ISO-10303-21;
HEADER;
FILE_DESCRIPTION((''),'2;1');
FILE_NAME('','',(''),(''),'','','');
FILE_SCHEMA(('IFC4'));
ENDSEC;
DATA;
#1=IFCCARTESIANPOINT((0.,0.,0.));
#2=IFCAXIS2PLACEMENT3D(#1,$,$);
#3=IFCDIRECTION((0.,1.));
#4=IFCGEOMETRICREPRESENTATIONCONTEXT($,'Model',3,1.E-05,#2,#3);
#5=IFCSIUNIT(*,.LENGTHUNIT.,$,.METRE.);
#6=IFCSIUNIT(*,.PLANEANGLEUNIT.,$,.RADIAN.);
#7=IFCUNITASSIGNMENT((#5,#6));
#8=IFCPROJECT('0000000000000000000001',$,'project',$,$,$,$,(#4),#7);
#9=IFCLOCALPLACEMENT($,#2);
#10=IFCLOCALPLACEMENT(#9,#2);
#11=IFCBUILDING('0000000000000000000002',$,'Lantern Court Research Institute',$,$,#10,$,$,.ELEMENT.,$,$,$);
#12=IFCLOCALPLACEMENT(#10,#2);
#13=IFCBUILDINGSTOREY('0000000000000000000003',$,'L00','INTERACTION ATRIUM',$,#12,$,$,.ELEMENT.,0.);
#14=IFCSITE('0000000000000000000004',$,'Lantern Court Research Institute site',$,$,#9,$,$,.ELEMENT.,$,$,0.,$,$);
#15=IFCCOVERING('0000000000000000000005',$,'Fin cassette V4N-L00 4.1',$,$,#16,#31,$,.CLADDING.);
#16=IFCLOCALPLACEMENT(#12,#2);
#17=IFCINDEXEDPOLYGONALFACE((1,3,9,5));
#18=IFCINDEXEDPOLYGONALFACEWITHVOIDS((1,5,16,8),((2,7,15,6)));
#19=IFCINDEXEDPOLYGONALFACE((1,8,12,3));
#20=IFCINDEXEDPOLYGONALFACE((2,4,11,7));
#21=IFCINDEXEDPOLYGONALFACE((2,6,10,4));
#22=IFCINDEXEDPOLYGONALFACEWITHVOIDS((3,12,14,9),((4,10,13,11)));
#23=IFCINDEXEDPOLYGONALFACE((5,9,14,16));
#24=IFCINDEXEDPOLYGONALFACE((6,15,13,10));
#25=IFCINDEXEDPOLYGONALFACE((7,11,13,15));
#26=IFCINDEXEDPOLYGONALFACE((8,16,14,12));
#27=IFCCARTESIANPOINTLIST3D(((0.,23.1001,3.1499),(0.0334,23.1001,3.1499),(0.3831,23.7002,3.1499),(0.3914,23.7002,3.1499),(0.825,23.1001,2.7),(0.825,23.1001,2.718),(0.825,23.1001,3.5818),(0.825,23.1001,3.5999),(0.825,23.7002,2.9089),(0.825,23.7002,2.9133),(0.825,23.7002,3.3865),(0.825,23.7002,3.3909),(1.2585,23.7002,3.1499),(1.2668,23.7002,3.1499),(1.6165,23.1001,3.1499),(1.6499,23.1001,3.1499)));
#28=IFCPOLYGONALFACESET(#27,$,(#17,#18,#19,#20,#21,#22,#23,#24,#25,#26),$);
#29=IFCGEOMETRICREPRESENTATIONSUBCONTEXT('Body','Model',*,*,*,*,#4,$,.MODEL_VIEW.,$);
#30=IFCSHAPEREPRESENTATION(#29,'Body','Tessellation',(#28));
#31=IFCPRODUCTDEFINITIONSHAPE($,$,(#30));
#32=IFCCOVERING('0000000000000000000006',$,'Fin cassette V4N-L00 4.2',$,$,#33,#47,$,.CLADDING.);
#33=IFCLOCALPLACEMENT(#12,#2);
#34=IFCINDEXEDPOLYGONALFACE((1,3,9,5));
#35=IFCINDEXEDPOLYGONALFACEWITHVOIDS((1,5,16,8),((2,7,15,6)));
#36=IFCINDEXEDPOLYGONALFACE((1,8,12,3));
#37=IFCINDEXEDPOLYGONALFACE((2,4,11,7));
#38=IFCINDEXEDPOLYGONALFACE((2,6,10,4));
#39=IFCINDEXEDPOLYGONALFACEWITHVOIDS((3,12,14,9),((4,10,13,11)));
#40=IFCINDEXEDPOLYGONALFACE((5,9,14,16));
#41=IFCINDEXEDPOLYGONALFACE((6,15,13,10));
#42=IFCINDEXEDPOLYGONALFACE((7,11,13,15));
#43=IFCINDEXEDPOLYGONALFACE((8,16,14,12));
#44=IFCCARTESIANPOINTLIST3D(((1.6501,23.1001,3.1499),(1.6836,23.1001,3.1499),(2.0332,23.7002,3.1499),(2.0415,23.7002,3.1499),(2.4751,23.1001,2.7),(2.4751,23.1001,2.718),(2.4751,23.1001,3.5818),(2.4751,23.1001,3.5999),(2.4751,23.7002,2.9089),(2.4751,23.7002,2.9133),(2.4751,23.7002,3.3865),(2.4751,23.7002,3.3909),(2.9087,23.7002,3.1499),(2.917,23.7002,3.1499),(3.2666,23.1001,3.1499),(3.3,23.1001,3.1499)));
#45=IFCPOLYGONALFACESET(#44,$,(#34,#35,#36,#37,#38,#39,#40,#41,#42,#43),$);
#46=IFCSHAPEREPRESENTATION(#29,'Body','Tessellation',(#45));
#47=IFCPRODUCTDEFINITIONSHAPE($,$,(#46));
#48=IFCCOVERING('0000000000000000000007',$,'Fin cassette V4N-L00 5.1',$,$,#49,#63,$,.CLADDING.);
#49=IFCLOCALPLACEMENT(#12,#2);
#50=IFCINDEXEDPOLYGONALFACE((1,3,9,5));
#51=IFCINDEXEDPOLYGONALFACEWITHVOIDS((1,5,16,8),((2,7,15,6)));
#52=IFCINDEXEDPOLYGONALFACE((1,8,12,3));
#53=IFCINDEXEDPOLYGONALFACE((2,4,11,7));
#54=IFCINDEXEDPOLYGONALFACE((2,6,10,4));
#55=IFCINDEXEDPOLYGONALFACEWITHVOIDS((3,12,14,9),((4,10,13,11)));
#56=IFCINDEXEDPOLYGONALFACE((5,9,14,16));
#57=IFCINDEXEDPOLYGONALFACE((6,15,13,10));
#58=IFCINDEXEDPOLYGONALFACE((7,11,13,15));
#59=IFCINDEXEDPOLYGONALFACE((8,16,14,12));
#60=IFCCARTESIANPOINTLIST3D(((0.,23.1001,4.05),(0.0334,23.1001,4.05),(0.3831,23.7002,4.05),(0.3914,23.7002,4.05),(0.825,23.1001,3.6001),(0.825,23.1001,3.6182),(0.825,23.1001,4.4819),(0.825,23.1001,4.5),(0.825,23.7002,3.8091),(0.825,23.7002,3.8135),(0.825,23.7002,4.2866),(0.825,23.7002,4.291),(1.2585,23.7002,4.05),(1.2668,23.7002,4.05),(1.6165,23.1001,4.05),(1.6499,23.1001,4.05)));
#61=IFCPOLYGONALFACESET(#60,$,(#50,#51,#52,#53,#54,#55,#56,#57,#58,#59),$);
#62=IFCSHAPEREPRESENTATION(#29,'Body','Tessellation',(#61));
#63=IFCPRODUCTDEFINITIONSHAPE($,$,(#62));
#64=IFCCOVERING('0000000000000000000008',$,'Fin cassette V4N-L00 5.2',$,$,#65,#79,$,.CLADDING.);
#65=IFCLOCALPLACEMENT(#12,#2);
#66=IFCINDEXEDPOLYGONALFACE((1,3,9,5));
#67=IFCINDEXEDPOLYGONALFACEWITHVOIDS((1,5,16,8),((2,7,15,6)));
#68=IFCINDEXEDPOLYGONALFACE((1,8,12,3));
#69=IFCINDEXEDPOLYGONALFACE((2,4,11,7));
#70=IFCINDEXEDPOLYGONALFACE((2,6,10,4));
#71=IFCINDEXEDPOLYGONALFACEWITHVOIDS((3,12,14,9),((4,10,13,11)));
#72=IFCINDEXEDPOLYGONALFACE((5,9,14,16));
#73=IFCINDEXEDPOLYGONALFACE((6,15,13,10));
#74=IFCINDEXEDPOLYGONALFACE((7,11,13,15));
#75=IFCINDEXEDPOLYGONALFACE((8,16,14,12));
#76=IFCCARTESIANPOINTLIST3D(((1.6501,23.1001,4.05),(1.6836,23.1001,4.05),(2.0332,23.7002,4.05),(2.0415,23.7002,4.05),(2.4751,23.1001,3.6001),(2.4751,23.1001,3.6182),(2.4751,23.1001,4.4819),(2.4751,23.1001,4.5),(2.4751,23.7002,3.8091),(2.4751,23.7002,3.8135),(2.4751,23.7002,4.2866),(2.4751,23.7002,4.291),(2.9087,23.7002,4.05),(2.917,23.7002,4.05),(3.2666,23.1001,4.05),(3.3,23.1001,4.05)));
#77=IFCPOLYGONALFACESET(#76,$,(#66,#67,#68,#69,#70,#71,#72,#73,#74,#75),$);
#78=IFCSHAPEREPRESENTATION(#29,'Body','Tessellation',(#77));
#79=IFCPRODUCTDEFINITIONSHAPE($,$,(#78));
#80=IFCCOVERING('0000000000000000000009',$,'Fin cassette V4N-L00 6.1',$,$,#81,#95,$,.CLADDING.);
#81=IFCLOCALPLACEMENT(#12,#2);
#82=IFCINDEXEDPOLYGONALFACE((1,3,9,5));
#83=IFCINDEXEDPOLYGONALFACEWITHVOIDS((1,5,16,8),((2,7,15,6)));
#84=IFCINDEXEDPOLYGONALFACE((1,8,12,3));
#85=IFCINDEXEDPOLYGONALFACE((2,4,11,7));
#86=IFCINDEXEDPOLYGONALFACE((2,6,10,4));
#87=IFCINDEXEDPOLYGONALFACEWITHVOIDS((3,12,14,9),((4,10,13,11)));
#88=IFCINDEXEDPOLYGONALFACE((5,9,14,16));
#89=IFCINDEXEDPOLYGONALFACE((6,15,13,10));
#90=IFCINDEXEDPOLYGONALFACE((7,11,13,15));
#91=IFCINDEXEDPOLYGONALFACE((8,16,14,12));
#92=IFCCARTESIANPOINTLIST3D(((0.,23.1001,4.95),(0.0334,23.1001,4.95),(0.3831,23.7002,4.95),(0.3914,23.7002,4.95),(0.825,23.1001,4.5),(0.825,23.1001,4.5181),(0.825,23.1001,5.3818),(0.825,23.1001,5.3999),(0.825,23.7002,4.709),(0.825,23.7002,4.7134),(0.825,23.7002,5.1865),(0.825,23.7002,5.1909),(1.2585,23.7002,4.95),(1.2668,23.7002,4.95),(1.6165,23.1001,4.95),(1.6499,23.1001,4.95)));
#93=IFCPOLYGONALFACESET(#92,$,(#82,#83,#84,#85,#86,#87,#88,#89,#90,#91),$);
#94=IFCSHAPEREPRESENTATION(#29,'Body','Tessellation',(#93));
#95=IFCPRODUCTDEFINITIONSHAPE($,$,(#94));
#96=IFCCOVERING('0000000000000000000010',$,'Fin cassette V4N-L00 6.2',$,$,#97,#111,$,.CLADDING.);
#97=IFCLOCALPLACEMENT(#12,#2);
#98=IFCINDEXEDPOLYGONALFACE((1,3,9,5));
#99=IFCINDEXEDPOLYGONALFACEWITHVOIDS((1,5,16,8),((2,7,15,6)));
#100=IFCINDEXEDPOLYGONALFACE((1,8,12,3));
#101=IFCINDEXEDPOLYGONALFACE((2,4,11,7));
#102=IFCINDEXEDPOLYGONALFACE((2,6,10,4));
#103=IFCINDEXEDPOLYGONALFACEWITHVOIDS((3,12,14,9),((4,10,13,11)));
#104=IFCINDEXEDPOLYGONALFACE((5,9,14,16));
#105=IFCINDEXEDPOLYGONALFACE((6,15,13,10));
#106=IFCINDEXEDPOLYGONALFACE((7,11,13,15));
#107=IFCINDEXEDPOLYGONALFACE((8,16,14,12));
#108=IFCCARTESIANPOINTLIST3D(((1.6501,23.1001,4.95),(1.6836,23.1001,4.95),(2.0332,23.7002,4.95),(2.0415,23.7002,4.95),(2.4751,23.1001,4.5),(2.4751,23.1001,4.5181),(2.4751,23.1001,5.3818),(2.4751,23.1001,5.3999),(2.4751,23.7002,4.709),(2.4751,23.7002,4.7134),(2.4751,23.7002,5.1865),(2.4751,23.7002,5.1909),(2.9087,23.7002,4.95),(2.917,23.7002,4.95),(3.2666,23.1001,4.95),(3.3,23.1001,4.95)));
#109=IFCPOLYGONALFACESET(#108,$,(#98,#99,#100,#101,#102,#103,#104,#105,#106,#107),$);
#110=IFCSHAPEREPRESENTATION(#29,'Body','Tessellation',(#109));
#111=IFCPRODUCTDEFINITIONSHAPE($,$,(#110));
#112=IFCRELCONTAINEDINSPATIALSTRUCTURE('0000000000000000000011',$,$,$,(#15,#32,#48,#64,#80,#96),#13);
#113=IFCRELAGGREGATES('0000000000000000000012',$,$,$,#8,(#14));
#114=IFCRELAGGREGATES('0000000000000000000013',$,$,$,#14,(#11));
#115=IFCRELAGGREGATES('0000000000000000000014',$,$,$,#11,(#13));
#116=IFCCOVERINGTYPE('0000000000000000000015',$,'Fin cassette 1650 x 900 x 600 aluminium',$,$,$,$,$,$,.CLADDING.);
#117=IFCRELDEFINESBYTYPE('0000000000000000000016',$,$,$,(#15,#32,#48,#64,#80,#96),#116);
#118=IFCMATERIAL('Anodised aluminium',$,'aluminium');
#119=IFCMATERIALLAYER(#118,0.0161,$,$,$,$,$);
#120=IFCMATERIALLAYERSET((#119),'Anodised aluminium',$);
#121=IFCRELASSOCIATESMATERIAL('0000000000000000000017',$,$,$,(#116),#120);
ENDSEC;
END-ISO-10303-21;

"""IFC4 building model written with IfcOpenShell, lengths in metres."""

from ifc_helpers import new_model, entity, si_unit, direction, frame, origin, place, context, subcontext, project, spatial, material, layer, layer_set, type_object, element, save


model = new_model("IFC4")

# Units and contexts
model_context = context("Model", 3, precision=1e-05, world=origin(), true_north=direction((0.0, 1.0)))
body_context = subcontext(model_context, "Body", "Model", "MODEL_VIEW")
ifc_project = project(units=[si_unit("LENGTHUNIT", "METRE"), si_unit("PLANEANGLEUNIT", "RADIAN")], contexts=[model_context])

# Site, building, storey
site_placement = place(None, origin())
site = spatial("IfcSite", under=ifc_project, at=site_placement, Name="Lantern Court Research Institute site", CompositionType="ELEMENT", RefElevation=0.0)
building_placement = place(site_placement, origin())
building = spatial("IfcBuilding", under=site, at=building_placement, Name="Lantern Court Research Institute", CompositionType="ELEMENT")
storey_placement = place(building_placement, origin())
storey = spatial("IfcBuildingStorey", under=building, at=storey_placement, Name="L00", Description="INTERACTION ATRIUM", CompositionType="ELEMENT", Elevation=0.0)

# Coverings
ifc_material_1 = material(Name="Anodised aluminium", Category="aluminium")
ifc_layer_1 = layer(ifc_material_1, 0.0161)
ifc_layer_set_1 = layer_set([ifc_layer_1], Name="Anodised aluminium")
covering_type = type_object("IfcCoveringType", Name="Fin cassette 1650 x 900 x 600 aluminium", PredefinedType="CLADDING", material=ifc_layer_set_1)
covering_1_placement = place(storey_placement, frame((0.825, 23.1001, 3.1499), z_axis=(0.0, 1.0, 0.0), x_axis=(-1.0, 0.0, 0.0)))
cartesian_point_1 = entity("IfcCartesianPoint", [0.825, 0.0])
cartesian_point_2 = entity("IfcCartesianPoint", [0.7915, 0.0])
cartesian_point_3 = entity("IfcCartesianPoint", [0.4419, 0.0])
cartesian_point_4 = entity("IfcCartesianPoint", [0.4336, 0.0])
element("IfcCovering", 1, at=covering_1_placement, inside=storey, type_object=covering_type, Name="Fin cassette V4N-L00 4.1", PredefinedType="CLADDING", context=body_context, shape_type="SweptSolid", body=[
    entity("IfcExtrudedAreaSolidTapered", entity("IfcArbitraryProfileDefWithVoids", "AREA", None, entity("IfcPolyline", [cartesian_point_1, entity("IfcCartesianPoint", [0.0, 0.45]), entity("IfcCartesianPoint", [-0.825, 0.0]), entity("IfcCartesianPoint", [0.0, -0.45]), cartesian_point_1]), [entity("IfcPolyline", [cartesian_point_2, entity("IfcCartesianPoint", [0.0, 0.4319]), entity("IfcCartesianPoint", [-0.7915, 0.0]), entity("IfcCartesianPoint", [0.0, -0.4319]), cartesian_point_2])]), entity("IfcAxis2Placement3D", entity("IfcCartesianPoint", [0.0, 0.0, 0.0])), entity("IfcDirection", [0.0, 0.0, 1.0]), 0.6001, entity("IfcArbitraryProfileDefWithVoids", "AREA", None, entity("IfcPolyline", [cartesian_point_3, entity("IfcCartesianPoint", [0.0, 0.241]), entity("IfcCartesianPoint", [-0.4419, 0.0]), entity("IfcCartesianPoint", [0.0, -0.241]), cartesian_point_3]), [entity("IfcPolyline", [cartesian_point_4, entity("IfcCartesianPoint", [0.0, 0.2366]), entity("IfcCartesianPoint", [-0.4336, 0.0]), entity("IfcCartesianPoint", [0.0, -0.2366]), cartesian_point_4])])),
])
covering_2_placement = place(storey_placement, frame((2.4751, 23.1001, 3.1499), z_axis=(0.0, 1.0, 0.0), x_axis=(-1.0, 0.0, 0.0)))
cartesian_point_5 = entity("IfcCartesianPoint", [0.825, 0.0])
cartesian_point_6 = entity("IfcCartesianPoint", [0.7915, 0.0])
cartesian_point_7 = entity("IfcCartesianPoint", [0.4419, 0.0])
cartesian_point_8 = entity("IfcCartesianPoint", [0.4336, 0.0])
element("IfcCovering", 2, at=covering_2_placement, inside=storey, type_object=covering_type, Name="Fin cassette V4N-L00 4.2", PredefinedType="CLADDING", context=body_context, shape_type="SweptSolid", body=[
    entity("IfcExtrudedAreaSolidTapered", entity("IfcArbitraryProfileDefWithVoids", "AREA", None, entity("IfcPolyline", [cartesian_point_5, entity("IfcCartesianPoint", [0.0, 0.45]), entity("IfcCartesianPoint", [-0.825, 0.0]), entity("IfcCartesianPoint", [0.0, -0.45]), cartesian_point_5]), [entity("IfcPolyline", [cartesian_point_6, entity("IfcCartesianPoint", [0.0, 0.4319]), entity("IfcCartesianPoint", [-0.7915, 0.0]), entity("IfcCartesianPoint", [0.0, -0.4319]), cartesian_point_6])]), entity("IfcAxis2Placement3D", entity("IfcCartesianPoint", [0.0, 0.0, 0.0])), entity("IfcDirection", [0.0, 0.0, 1.0]), 0.6001, entity("IfcArbitraryProfileDefWithVoids", "AREA", None, entity("IfcPolyline", [cartesian_point_7, entity("IfcCartesianPoint", [0.0, 0.241]), entity("IfcCartesianPoint", [-0.4419, 0.0]), entity("IfcCartesianPoint", [0.0, -0.241]), cartesian_point_7]), [entity("IfcPolyline", [cartesian_point_8, entity("IfcCartesianPoint", [0.0, 0.2366]), entity("IfcCartesianPoint", [-0.4336, 0.0]), entity("IfcCartesianPoint", [0.0, -0.2366]), cartesian_point_8])])),
])
covering_3_placement = place(storey_placement, frame((0.825, 23.1001, 4.05), z_axis=(0.0, 1.0, 0.0), x_axis=(-1.0, 0.0, 0.0)))
cartesian_point_9 = entity("IfcCartesianPoint", [0.825, 0.0])
cartesian_point_10 = entity("IfcCartesianPoint", [0.7915, 0.0])
cartesian_point_11 = entity("IfcCartesianPoint", [0.4419, 0.0])
cartesian_point_12 = entity("IfcCartesianPoint", [0.4336, 0.0])
element("IfcCovering", 3, at=covering_3_placement, inside=storey, type_object=covering_type, Name="Fin cassette V4N-L00 5.1", PredefinedType="CLADDING", context=body_context, shape_type="SweptSolid", body=[
    entity("IfcExtrudedAreaSolidTapered", entity("IfcArbitraryProfileDefWithVoids", "AREA", None, entity("IfcPolyline", [cartesian_point_9, entity("IfcCartesianPoint", [0.0, 0.45]), entity("IfcCartesianPoint", [-0.825, 0.0]), entity("IfcCartesianPoint", [0.0, -0.45]), cartesian_point_9]), [entity("IfcPolyline", [cartesian_point_10, entity("IfcCartesianPoint", [0.0, 0.4319]), entity("IfcCartesianPoint", [-0.7915, 0.0]), entity("IfcCartesianPoint", [0.0, -0.4319]), cartesian_point_10])]), entity("IfcAxis2Placement3D", entity("IfcCartesianPoint", [0.0, 0.0, 0.0])), entity("IfcDirection", [0.0, 0.0, 1.0]), 0.6001, entity("IfcArbitraryProfileDefWithVoids", "AREA", None, entity("IfcPolyline", [cartesian_point_11, entity("IfcCartesianPoint", [0.0, 0.241]), entity("IfcCartesianPoint", [-0.4419, 0.0]), entity("IfcCartesianPoint", [0.0, -0.241]), cartesian_point_11]), [entity("IfcPolyline", [cartesian_point_12, entity("IfcCartesianPoint", [0.0, 0.2366]), entity("IfcCartesianPoint", [-0.4336, 0.0]), entity("IfcCartesianPoint", [0.0, -0.2366]), cartesian_point_12])])),
])
covering_4_placement = place(storey_placement, frame((2.4751, 23.1001, 4.05), z_axis=(0.0, 1.0, 0.0), x_axis=(-1.0, 0.0, 0.0)))
cartesian_point_13 = entity("IfcCartesianPoint", [0.825, 0.0])
cartesian_point_14 = entity("IfcCartesianPoint", [0.7915, 0.0])
cartesian_point_15 = entity("IfcCartesianPoint", [0.4419, 0.0])
cartesian_point_16 = entity("IfcCartesianPoint", [0.4336, 0.0])
element("IfcCovering", 4, at=covering_4_placement, inside=storey, type_object=covering_type, Name="Fin cassette V4N-L00 5.2", PredefinedType="CLADDING", context=body_context, shape_type="SweptSolid", body=[
    entity("IfcExtrudedAreaSolidTapered", entity("IfcArbitraryProfileDefWithVoids", "AREA", None, entity("IfcPolyline", [cartesian_point_13, entity("IfcCartesianPoint", [0.0, 0.45]), entity("IfcCartesianPoint", [-0.825, 0.0]), entity("IfcCartesianPoint", [0.0, -0.45]), cartesian_point_13]), [entity("IfcPolyline", [cartesian_point_14, entity("IfcCartesianPoint", [0.0, 0.4319]), entity("IfcCartesianPoint", [-0.7915, 0.0]), entity("IfcCartesianPoint", [0.0, -0.4319]), cartesian_point_14])]), entity("IfcAxis2Placement3D", entity("IfcCartesianPoint", [0.0, 0.0, 0.0])), entity("IfcDirection", [0.0, 0.0, 1.0]), 0.6001, entity("IfcArbitraryProfileDefWithVoids", "AREA", None, entity("IfcPolyline", [cartesian_point_15, entity("IfcCartesianPoint", [0.0, 0.241]), entity("IfcCartesianPoint", [-0.4419, 0.0]), entity("IfcCartesianPoint", [0.0, -0.241]), cartesian_point_15]), [entity("IfcPolyline", [cartesian_point_16, entity("IfcCartesianPoint", [0.0, 0.2366]), entity("IfcCartesianPoint", [-0.4336, 0.0]), entity("IfcCartesianPoint", [0.0, -0.2366]), cartesian_point_16])])),
])
covering_5_placement = place(storey_placement, frame((0.825, 23.1001, 4.95), z_axis=(0.0, 1.0, 0.0), x_axis=(-1.0, 0.0, 0.0)))
cartesian_point_17 = entity("IfcCartesianPoint", [0.825, 0.0])
cartesian_point_18 = entity("IfcCartesianPoint", [0.7915, 0.0])
cartesian_point_19 = entity("IfcCartesianPoint", [0.4419, 0.0])
cartesian_point_20 = entity("IfcCartesianPoint", [0.4336, 0.0])
element("IfcCovering", 5, at=covering_5_placement, inside=storey, type_object=covering_type, Name="Fin cassette V4N-L00 6.1", PredefinedType="CLADDING", context=body_context, shape_type="SweptSolid", body=[
    entity("IfcExtrudedAreaSolidTapered", entity("IfcArbitraryProfileDefWithVoids", "AREA", None, entity("IfcPolyline", [cartesian_point_17, entity("IfcCartesianPoint", [0.0, 0.45]), entity("IfcCartesianPoint", [-0.825, 0.0]), entity("IfcCartesianPoint", [0.0, -0.45]), cartesian_point_17]), [entity("IfcPolyline", [cartesian_point_18, entity("IfcCartesianPoint", [0.0, 0.4319]), entity("IfcCartesianPoint", [-0.7915, 0.0]), entity("IfcCartesianPoint", [0.0, -0.4319]), cartesian_point_18])]), entity("IfcAxis2Placement3D", entity("IfcCartesianPoint", [0.0, 0.0, 0.0])), entity("IfcDirection", [0.0, 0.0, 1.0]), 0.6001, entity("IfcArbitraryProfileDefWithVoids", "AREA", None, entity("IfcPolyline", [cartesian_point_19, entity("IfcCartesianPoint", [0.0, 0.241]), entity("IfcCartesianPoint", [-0.4419, 0.0]), entity("IfcCartesianPoint", [0.0, -0.241]), cartesian_point_19]), [entity("IfcPolyline", [cartesian_point_20, entity("IfcCartesianPoint", [0.0, 0.2366]), entity("IfcCartesianPoint", [-0.4336, 0.0]), entity("IfcCartesianPoint", [0.0, -0.2366]), cartesian_point_20])])),
])
covering_6_placement = place(storey_placement, frame((2.4751, 23.1001, 4.95), z_axis=(0.0, 1.0, 0.0), x_axis=(-1.0, 0.0, 0.0)))
cartesian_point_21 = entity("IfcCartesianPoint", [0.825, 0.0])
cartesian_point_22 = entity("IfcCartesianPoint", [0.7915, 0.0])
cartesian_point_23 = entity("IfcCartesianPoint", [0.4419, 0.0])
cartesian_point_24 = entity("IfcCartesianPoint", [0.4336, 0.0])
element("IfcCovering", 6, at=covering_6_placement, inside=storey, type_object=covering_type, Name="Fin cassette V4N-L00 6.2", PredefinedType="CLADDING", context=body_context, shape_type="SweptSolid", body=[
    entity("IfcExtrudedAreaSolidTapered", entity("IfcArbitraryProfileDefWithVoids", "AREA", None, entity("IfcPolyline", [cartesian_point_21, entity("IfcCartesianPoint", [0.0, 0.45]), entity("IfcCartesianPoint", [-0.825, 0.0]), entity("IfcCartesianPoint", [0.0, -0.45]), cartesian_point_21]), [entity("IfcPolyline", [cartesian_point_22, entity("IfcCartesianPoint", [0.0, 0.4319]), entity("IfcCartesianPoint", [-0.7915, 0.0]), entity("IfcCartesianPoint", [0.0, -0.4319]), cartesian_point_22])]), entity("IfcAxis2Placement3D", entity("IfcCartesianPoint", [0.0, 0.0, 0.0])), entity("IfcDirection", [0.0, 0.0, 1.0]), 0.6001, entity("IfcArbitraryProfileDefWithVoids", "AREA", None, entity("IfcPolyline", [cartesian_point_23, entity("IfcCartesianPoint", [0.0, 0.241]), entity("IfcCartesianPoint", [-0.4419, 0.0]), entity("IfcCartesianPoint", [0.0, -0.241]), cartesian_point_23]), [entity("IfcPolyline", [cartesian_point_24, entity("IfcCartesianPoint", [0.0, 0.2366]), entity("IfcCartesianPoint", [-0.4336, 0.0]), entity("IfcCartesianPoint", [0.0, -0.2366]), cartesian_point_24])])),
])

save(model, "model.ifc")
